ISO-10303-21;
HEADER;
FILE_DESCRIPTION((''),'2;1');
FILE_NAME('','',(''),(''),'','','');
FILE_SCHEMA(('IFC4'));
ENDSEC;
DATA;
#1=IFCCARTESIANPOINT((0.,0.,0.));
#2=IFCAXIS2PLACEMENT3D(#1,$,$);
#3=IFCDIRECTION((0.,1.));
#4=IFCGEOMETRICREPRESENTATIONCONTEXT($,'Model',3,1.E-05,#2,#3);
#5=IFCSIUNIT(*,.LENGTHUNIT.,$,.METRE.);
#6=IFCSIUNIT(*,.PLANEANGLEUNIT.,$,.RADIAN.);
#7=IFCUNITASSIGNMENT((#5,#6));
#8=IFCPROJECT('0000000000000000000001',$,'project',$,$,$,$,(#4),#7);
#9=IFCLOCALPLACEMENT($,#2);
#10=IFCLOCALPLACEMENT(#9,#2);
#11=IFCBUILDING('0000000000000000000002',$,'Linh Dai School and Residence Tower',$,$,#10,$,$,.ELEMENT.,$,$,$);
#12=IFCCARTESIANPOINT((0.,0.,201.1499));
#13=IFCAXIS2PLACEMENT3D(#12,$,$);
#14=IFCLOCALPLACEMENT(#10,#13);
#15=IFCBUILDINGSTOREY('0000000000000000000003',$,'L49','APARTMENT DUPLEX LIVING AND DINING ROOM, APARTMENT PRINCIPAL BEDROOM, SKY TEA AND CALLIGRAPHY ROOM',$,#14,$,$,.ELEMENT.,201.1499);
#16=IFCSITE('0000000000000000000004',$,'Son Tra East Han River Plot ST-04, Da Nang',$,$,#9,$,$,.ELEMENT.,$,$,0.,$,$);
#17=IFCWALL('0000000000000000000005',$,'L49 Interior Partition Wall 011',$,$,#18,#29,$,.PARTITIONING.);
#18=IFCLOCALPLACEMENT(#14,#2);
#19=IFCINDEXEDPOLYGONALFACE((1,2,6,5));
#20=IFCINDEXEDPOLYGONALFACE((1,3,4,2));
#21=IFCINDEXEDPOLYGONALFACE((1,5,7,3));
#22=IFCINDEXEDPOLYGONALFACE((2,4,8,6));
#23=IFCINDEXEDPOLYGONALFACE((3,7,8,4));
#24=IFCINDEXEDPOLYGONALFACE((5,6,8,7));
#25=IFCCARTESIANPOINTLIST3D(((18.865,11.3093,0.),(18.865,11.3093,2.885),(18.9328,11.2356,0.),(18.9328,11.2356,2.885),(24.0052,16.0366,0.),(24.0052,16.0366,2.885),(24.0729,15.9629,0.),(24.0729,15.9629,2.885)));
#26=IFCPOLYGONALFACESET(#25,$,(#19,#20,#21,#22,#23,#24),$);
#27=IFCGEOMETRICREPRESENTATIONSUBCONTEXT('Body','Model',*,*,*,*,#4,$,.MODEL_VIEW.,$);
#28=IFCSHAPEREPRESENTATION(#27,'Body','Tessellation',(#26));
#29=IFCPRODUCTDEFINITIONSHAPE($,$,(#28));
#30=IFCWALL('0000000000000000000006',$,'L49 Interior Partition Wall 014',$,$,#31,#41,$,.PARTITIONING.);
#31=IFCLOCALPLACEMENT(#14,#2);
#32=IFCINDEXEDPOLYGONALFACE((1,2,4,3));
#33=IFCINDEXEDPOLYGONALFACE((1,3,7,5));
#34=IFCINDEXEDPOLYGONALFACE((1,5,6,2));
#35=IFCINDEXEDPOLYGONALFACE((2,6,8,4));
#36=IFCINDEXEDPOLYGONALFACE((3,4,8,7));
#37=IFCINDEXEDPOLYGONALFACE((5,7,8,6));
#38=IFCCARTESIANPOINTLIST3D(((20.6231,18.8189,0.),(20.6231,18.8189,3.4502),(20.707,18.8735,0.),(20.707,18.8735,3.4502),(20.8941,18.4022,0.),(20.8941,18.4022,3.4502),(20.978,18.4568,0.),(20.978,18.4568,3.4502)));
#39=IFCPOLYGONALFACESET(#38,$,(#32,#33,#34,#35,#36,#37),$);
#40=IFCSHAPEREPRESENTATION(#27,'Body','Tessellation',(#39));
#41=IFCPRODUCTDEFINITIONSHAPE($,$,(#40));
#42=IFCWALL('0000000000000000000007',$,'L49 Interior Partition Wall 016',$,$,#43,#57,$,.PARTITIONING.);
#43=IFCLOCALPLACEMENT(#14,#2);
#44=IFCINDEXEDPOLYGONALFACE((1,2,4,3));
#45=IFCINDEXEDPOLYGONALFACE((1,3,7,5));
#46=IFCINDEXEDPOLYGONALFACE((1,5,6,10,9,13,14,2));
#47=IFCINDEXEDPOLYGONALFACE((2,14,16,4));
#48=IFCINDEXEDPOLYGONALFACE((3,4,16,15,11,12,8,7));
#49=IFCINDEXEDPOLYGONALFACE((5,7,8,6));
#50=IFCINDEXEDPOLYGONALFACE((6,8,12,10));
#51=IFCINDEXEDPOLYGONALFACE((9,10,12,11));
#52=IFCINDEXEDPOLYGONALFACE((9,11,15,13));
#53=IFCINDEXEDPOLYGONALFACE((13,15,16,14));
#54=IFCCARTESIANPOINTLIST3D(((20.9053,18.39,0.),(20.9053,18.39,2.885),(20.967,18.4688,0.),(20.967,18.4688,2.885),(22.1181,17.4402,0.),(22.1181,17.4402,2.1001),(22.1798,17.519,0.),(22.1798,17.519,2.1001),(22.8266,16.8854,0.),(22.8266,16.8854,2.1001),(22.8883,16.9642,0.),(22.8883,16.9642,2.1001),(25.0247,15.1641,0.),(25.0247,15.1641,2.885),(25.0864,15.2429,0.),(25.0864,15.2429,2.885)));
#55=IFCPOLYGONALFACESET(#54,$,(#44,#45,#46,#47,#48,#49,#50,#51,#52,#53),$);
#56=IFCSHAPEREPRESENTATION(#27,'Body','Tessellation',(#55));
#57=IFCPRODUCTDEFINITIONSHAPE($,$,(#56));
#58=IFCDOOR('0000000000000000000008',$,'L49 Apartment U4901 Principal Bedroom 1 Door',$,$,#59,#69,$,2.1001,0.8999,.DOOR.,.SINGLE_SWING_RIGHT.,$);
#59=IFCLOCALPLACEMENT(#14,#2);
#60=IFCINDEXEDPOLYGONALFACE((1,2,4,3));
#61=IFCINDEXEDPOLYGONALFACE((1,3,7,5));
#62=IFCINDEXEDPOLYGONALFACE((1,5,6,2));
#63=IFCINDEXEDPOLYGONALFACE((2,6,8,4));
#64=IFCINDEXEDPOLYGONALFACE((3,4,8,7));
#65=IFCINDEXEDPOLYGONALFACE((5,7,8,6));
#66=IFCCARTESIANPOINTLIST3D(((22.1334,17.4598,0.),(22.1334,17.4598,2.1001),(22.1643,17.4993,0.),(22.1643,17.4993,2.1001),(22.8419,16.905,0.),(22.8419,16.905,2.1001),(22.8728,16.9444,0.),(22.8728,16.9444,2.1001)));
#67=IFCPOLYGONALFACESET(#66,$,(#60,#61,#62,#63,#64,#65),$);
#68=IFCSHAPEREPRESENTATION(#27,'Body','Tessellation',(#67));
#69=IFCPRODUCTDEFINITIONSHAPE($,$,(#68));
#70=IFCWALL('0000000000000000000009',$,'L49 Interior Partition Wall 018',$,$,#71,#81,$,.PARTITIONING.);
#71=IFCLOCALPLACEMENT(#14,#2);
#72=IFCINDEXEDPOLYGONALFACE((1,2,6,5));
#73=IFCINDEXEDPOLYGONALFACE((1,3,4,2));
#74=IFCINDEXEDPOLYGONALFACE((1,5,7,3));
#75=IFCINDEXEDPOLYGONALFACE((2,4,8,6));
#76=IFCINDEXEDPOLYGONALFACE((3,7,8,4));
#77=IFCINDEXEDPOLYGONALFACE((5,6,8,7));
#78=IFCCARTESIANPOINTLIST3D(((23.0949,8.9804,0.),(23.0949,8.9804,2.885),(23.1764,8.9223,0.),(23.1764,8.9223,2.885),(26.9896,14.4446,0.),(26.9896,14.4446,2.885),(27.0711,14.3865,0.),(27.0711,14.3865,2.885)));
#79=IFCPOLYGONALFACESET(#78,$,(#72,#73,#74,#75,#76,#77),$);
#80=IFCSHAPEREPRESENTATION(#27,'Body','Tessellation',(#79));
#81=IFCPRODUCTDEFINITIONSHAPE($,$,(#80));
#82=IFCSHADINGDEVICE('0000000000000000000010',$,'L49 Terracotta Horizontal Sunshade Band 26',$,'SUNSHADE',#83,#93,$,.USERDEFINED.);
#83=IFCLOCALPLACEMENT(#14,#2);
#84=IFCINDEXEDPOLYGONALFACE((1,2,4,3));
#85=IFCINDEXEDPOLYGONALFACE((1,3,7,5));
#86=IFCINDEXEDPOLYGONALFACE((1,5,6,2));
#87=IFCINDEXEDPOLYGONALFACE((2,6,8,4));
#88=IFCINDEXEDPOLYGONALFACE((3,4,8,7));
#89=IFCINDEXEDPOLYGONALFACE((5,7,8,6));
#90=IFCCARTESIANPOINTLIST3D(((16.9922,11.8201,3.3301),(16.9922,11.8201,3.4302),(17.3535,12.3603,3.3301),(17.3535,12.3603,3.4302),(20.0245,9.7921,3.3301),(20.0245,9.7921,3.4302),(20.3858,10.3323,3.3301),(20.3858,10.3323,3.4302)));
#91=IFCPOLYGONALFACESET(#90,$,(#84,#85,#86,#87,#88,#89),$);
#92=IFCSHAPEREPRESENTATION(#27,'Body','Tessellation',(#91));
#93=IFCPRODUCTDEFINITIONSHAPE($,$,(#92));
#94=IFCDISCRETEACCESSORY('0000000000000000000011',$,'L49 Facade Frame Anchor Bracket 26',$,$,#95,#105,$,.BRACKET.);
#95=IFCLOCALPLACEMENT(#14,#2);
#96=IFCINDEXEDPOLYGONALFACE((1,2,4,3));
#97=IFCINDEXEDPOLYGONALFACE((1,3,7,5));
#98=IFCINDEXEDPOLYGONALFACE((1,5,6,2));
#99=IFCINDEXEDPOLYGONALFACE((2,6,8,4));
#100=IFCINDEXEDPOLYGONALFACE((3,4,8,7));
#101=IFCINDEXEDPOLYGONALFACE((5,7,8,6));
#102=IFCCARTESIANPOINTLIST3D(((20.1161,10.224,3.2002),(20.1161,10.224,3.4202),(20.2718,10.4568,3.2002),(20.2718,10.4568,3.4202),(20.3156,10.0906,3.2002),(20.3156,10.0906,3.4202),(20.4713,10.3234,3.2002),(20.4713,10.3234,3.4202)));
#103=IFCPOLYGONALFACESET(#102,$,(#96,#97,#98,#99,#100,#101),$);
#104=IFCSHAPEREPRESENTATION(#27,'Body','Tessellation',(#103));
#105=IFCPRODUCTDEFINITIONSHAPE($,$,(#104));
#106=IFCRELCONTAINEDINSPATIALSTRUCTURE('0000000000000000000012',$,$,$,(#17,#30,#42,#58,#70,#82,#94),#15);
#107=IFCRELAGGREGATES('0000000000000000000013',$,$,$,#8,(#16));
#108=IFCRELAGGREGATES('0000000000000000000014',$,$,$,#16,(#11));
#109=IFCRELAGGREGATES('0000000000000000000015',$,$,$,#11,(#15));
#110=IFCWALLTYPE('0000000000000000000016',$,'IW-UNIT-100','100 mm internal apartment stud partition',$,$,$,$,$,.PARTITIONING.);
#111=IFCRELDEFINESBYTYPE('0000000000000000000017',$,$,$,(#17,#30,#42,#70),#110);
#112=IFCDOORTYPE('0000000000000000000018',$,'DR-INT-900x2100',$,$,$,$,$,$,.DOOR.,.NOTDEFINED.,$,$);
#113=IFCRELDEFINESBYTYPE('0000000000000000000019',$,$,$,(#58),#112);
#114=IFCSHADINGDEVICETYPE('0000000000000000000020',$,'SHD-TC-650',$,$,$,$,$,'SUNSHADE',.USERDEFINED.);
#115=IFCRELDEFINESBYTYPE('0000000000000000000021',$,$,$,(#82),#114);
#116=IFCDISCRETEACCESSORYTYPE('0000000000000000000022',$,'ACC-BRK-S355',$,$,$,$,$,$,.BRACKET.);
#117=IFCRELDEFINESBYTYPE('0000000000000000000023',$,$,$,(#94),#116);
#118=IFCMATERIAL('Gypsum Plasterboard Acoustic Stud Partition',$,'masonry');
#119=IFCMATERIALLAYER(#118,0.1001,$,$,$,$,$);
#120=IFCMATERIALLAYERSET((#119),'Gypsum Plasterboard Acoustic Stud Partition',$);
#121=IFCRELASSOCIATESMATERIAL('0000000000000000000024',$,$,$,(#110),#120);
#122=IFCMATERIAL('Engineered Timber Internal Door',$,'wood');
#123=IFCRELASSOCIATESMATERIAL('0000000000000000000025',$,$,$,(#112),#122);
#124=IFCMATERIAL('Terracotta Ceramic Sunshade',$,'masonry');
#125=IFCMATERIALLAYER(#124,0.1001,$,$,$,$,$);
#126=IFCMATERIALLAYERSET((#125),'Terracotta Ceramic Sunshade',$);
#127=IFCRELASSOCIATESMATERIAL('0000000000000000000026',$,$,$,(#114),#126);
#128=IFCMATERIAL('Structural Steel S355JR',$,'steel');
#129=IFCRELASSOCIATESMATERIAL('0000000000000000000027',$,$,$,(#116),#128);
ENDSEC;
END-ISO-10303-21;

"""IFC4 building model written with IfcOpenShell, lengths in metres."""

from ifc_helpers import new_model, si_unit, direction, frame, frame_2d, origin, origin_2d, place, context, subcontext, project, spatial, rectangle, extrude, source, transform, mapped, material, layer, layer_set, type_object, element, fill, save


model = new_model("IFC4")

# Units and contexts
model_context = context("Model", 3, precision=1e-05, world=origin(), true_north=direction((0.0, 1.0)))
body_context = subcontext(model_context, "Body", "Model", "MODEL_VIEW")
ifc_project = project(units=[si_unit("LENGTHUNIT", "METRE"), si_unit("PLANEANGLEUNIT", "RADIAN")], contexts=[model_context])

# Site, building, storey
site_placement = place(None, origin())
site = spatial("IfcSite", under=ifc_project, at=site_placement, Name="Son Tra East Han River Plot ST-04, Da Nang", CompositionType="ELEMENT", RefElevation=0.0)
building_placement = place(site_placement, origin())
building = spatial("IfcBuilding", under=site, at=building_placement, Name="Linh Dai School and Residence Tower", CompositionType="ELEMENT")
storey_placement = place(building_placement, frame((0.0, 0.0, 201.1499)))
storey = spatial("IfcBuildingStorey", under=building, at=storey_placement, Name="L49", Description="APARTMENT DUPLEX LIVING AND DINING ROOM, APARTMENT PRINCIPAL BEDROOM, SKY TEA AND CALLIGRAPHY ROOM", CompositionType="ELEMENT", Elevation=201.1499)

# Shared definitions
ifc_material_1 = material(Name="Structural Steel S355JR", Category="steel")

# Walls
ifc_material_2 = material(Name="Gypsum Plasterboard Acoustic Stud Partition", Category="masonry")
ifc_layer_1 = layer(ifc_material_2, 0.1001)
ifc_layer_set_1 = layer_set([ifc_layer_1], Name="Gypsum Plasterboard Acoustic Stud Partition")
wall_type_1 = type_object("IfcWallType", Name="IW-UNIT-100", Description="100 mm internal apartment stud partition", PredefinedType="PARTITIONING", material=ifc_layer_set_1)
wall_1_placement = place(storey_placement, frame((18.8989, 11.2725, 0.0), z_axis=(0.0, 0.0, 1.0), x_axis=(0.736047, 0.67693, 0.0)))
element("IfcWall", 1, at=wall_1_placement, inside=storey, type_object=wall_type_1, Name="L49 Interior Partition Wall 011", PredefinedType="PARTITIONING", context=body_context, shape_type="SweptSolid", body=[
    extrude(rectangle(XDim=6.9834, YDim=0.1001, at=frame_2d((3.4917, 0.0))), origin(), (0.0, 0.0, 1.0), 2.885),
])
wall_2_placement = place(storey_placement, frame((20.665, 18.8462, 0.0), z_axis=(0.0, 0.0, 1.0), x_axis=(0.545144, -0.838343, 0.0)))
element("IfcWall", 2, at=wall_2_placement, inside=storey, type_object=wall_type_1, Name="L49 Interior Partition Wall 014", PredefinedType="PARTITIONING", context=body_context, shape_type="SweptSolid", body=[
    extrude(rectangle(XDim=0.4971, YDim=0.1001, at=frame_2d((0.2485, 0.0))), origin(), (0.0, 0.0, 1.0), 3.4502),
])

# Wall, opening, door
wall_3_placement = place(storey_placement, frame((20.936, 18.4294, 0.0), z_axis=(0.0, 0.0, 1.0), x_axis=(0.787323, -0.616541, 0.0)))
wall_3 = element("IfcWall", 3, at=wall_3_placement, inside=storey, type_object=wall_type_1, Name="L49 Interior Partition Wall 016", PredefinedType="PARTITIONING", context=body_context, shape_type="SweptSolid", body=[
    extrude(rectangle(XDim=5.2322, YDim=0.1001, at=frame_2d((2.6162, 0.0))), origin(), (0.0, 0.0, 1.0), 2.885),
])
opening_1_placement = place(wall_3_placement, frame((1.5405, 0.0, 0.0)))
opening_1 = element("IfcOpeningElement", 4, at=opening_1_placement, cuts=wall_3, PredefinedType="OPENING", context=body_context, shape_type="SweptSolid", body=[
    extrude(rectangle(XDim=0.8999, YDim=2.1001, at=origin_2d()), frame((0.45, 0.0601, 1.05), z_axis=(0.0, -1.0, 0.0), x_axis=(1.0, 0.0, 0.0)), (0.0, 0.0, 1.0), 0.1201),
])
ifc_material_3 = material(Name="Engineered Timber Internal Door", Category="wood")
door_type_1 = type_object("IfcDoorType", Name="DR-INT-900x2100", OperationType="NOTDEFINED", PredefinedType="DOOR", material=ifc_material_3)
shared_shape_1 = source(origin(), body_context, "Body", "SweptSolid", [
    extrude(rectangle(XDim=0.8999, YDim=2.1001, at=origin_2d()), frame((0.45, 0.0249, 1.05), z_axis=(0.0, -1.0, 0.0), x_axis=(1.0, 0.0, 0.0)), (0.0, 0.0, 1.0), 0.05),
])
door_1_placement = place(opening_1_placement, origin())
door_1 = element("IfcDoor", 5, at=door_1_placement, inside=storey, type_object=door_type_1, Name="L49 Apartment U4901 Principal Bedroom 1 Door", OperationType="SINGLE_SWING_RIGHT", OverallHeight=2.1001, OverallWidth=0.8999, PredefinedType="DOOR", context=body_context, shape_type="MappedRepresentation", body=[
    mapped(shared_shape_1, transform((0.0, 0.0, 0.0), x_axis=(1.0, 0.0, 0.0), y_axis=(0.0, 1.0, 0.0), z_axis=(0.0, 0.0, 1.0), scale=1.0)),
])
fill(opening_1, door_1)

# Wall
wall_4_placement = place(storey_placement, frame((23.1357, 8.9514, 0.0), z_axis=(0.0, 0.0, 1.0), x_axis=(0.580415, 0.814321, 0.0)))
element("IfcWall", 6, at=wall_4_placement, inside=storey, type_object=wall_type_1, Name="L49 Interior Partition Wall 018", PredefinedType="PARTITIONING", context=body_context, shape_type="SweptSolid", body=[
    extrude(rectangle(XDim=6.7102, YDim=0.1001, at=frame_2d((3.355, 0.0))), origin(), (0.0, 0.0, 1.0), 2.885),
])

# Shading device
ifc_material_4 = material(Name="Terracotta Ceramic Sunshade", Category="masonry")
ifc_layer_2 = layer(ifc_material_4, 0.1001)
ifc_layer_set_2 = layer_set([ifc_layer_2], Name="Terracotta Ceramic Sunshade")
shading_device_type = type_object("IfcShadingDeviceType", Name="SHD-TC-650", ElementType="SUNSHADE", PredefinedType="USERDEFINED", material=ifc_layer_set_2)
shared_shape_2 = source(origin(), body_context, "Body", "SweptSolid", [
    extrude(rectangle(XDim=3.6479, YDim=0.6499, at=origin_2d()), origin(), (0.0, 0.0, 1.0), 0.1001),
])
shading_device_placement = place(storey_placement, frame((18.689, 11.0762, 3.3301), z_axis=(0.0, 0.0, 1.0), x_axis=(-0.831228, 0.555931, 0.0)))
element("IfcShadingDevice", 7, at=shading_device_placement, inside=storey, type_object=shading_device_type, Name="L49 Terracotta Horizontal Sunshade Band 26", ObjectType="SUNSHADE", PredefinedType="USERDEFINED", context=body_context, shape_type="MappedRepresentation", body=[
    mapped(shared_shape_2, transform((0.0, 0.0, 0.0), x_axis=(1.0, 0.0, 0.0), y_axis=(0.0, 1.0, 0.0), z_axis=(0.0, 0.0, 1.0), scale=1.0)),
])

# Discrete accessory
discrete_accessory_type = type_object("IfcDiscreteAccessoryType", Name="ACC-BRK-S355", PredefinedType="BRACKET", material=ifc_material_1)
shared_shape_3 = source(origin(), body_context, "Body", "SweptSolid", [
    extrude(rectangle(XDim=0.28, YDim=0.24, at=origin_2d()), origin(), (0.0, 0.0, 1.0), 0.22),
])
discrete_accessory_placement = place(storey_placement, frame((20.2937, 10.2737, 3.2002), z_axis=(0.0, 0.0, 1.0), x_axis=(-0.555931, -0.831228, 0.0)))
element("IfcDiscreteAccessory", 8, at=discrete_accessory_placement, inside=storey, type_object=discrete_accessory_type, Name="L49 Facade Frame Anchor Bracket 26", PredefinedType="BRACKET", context=body_context, shape_type="MappedRepresentation", body=[
    mapped(shared_shape_3, transform((0.0, 0.0, 0.0), x_axis=(1.0, 0.0, 0.0), y_axis=(0.0, 1.0, 0.0), z_axis=(0.0, 0.0, 1.0), scale=1.0)),
])

save(model, "model.ifc")
